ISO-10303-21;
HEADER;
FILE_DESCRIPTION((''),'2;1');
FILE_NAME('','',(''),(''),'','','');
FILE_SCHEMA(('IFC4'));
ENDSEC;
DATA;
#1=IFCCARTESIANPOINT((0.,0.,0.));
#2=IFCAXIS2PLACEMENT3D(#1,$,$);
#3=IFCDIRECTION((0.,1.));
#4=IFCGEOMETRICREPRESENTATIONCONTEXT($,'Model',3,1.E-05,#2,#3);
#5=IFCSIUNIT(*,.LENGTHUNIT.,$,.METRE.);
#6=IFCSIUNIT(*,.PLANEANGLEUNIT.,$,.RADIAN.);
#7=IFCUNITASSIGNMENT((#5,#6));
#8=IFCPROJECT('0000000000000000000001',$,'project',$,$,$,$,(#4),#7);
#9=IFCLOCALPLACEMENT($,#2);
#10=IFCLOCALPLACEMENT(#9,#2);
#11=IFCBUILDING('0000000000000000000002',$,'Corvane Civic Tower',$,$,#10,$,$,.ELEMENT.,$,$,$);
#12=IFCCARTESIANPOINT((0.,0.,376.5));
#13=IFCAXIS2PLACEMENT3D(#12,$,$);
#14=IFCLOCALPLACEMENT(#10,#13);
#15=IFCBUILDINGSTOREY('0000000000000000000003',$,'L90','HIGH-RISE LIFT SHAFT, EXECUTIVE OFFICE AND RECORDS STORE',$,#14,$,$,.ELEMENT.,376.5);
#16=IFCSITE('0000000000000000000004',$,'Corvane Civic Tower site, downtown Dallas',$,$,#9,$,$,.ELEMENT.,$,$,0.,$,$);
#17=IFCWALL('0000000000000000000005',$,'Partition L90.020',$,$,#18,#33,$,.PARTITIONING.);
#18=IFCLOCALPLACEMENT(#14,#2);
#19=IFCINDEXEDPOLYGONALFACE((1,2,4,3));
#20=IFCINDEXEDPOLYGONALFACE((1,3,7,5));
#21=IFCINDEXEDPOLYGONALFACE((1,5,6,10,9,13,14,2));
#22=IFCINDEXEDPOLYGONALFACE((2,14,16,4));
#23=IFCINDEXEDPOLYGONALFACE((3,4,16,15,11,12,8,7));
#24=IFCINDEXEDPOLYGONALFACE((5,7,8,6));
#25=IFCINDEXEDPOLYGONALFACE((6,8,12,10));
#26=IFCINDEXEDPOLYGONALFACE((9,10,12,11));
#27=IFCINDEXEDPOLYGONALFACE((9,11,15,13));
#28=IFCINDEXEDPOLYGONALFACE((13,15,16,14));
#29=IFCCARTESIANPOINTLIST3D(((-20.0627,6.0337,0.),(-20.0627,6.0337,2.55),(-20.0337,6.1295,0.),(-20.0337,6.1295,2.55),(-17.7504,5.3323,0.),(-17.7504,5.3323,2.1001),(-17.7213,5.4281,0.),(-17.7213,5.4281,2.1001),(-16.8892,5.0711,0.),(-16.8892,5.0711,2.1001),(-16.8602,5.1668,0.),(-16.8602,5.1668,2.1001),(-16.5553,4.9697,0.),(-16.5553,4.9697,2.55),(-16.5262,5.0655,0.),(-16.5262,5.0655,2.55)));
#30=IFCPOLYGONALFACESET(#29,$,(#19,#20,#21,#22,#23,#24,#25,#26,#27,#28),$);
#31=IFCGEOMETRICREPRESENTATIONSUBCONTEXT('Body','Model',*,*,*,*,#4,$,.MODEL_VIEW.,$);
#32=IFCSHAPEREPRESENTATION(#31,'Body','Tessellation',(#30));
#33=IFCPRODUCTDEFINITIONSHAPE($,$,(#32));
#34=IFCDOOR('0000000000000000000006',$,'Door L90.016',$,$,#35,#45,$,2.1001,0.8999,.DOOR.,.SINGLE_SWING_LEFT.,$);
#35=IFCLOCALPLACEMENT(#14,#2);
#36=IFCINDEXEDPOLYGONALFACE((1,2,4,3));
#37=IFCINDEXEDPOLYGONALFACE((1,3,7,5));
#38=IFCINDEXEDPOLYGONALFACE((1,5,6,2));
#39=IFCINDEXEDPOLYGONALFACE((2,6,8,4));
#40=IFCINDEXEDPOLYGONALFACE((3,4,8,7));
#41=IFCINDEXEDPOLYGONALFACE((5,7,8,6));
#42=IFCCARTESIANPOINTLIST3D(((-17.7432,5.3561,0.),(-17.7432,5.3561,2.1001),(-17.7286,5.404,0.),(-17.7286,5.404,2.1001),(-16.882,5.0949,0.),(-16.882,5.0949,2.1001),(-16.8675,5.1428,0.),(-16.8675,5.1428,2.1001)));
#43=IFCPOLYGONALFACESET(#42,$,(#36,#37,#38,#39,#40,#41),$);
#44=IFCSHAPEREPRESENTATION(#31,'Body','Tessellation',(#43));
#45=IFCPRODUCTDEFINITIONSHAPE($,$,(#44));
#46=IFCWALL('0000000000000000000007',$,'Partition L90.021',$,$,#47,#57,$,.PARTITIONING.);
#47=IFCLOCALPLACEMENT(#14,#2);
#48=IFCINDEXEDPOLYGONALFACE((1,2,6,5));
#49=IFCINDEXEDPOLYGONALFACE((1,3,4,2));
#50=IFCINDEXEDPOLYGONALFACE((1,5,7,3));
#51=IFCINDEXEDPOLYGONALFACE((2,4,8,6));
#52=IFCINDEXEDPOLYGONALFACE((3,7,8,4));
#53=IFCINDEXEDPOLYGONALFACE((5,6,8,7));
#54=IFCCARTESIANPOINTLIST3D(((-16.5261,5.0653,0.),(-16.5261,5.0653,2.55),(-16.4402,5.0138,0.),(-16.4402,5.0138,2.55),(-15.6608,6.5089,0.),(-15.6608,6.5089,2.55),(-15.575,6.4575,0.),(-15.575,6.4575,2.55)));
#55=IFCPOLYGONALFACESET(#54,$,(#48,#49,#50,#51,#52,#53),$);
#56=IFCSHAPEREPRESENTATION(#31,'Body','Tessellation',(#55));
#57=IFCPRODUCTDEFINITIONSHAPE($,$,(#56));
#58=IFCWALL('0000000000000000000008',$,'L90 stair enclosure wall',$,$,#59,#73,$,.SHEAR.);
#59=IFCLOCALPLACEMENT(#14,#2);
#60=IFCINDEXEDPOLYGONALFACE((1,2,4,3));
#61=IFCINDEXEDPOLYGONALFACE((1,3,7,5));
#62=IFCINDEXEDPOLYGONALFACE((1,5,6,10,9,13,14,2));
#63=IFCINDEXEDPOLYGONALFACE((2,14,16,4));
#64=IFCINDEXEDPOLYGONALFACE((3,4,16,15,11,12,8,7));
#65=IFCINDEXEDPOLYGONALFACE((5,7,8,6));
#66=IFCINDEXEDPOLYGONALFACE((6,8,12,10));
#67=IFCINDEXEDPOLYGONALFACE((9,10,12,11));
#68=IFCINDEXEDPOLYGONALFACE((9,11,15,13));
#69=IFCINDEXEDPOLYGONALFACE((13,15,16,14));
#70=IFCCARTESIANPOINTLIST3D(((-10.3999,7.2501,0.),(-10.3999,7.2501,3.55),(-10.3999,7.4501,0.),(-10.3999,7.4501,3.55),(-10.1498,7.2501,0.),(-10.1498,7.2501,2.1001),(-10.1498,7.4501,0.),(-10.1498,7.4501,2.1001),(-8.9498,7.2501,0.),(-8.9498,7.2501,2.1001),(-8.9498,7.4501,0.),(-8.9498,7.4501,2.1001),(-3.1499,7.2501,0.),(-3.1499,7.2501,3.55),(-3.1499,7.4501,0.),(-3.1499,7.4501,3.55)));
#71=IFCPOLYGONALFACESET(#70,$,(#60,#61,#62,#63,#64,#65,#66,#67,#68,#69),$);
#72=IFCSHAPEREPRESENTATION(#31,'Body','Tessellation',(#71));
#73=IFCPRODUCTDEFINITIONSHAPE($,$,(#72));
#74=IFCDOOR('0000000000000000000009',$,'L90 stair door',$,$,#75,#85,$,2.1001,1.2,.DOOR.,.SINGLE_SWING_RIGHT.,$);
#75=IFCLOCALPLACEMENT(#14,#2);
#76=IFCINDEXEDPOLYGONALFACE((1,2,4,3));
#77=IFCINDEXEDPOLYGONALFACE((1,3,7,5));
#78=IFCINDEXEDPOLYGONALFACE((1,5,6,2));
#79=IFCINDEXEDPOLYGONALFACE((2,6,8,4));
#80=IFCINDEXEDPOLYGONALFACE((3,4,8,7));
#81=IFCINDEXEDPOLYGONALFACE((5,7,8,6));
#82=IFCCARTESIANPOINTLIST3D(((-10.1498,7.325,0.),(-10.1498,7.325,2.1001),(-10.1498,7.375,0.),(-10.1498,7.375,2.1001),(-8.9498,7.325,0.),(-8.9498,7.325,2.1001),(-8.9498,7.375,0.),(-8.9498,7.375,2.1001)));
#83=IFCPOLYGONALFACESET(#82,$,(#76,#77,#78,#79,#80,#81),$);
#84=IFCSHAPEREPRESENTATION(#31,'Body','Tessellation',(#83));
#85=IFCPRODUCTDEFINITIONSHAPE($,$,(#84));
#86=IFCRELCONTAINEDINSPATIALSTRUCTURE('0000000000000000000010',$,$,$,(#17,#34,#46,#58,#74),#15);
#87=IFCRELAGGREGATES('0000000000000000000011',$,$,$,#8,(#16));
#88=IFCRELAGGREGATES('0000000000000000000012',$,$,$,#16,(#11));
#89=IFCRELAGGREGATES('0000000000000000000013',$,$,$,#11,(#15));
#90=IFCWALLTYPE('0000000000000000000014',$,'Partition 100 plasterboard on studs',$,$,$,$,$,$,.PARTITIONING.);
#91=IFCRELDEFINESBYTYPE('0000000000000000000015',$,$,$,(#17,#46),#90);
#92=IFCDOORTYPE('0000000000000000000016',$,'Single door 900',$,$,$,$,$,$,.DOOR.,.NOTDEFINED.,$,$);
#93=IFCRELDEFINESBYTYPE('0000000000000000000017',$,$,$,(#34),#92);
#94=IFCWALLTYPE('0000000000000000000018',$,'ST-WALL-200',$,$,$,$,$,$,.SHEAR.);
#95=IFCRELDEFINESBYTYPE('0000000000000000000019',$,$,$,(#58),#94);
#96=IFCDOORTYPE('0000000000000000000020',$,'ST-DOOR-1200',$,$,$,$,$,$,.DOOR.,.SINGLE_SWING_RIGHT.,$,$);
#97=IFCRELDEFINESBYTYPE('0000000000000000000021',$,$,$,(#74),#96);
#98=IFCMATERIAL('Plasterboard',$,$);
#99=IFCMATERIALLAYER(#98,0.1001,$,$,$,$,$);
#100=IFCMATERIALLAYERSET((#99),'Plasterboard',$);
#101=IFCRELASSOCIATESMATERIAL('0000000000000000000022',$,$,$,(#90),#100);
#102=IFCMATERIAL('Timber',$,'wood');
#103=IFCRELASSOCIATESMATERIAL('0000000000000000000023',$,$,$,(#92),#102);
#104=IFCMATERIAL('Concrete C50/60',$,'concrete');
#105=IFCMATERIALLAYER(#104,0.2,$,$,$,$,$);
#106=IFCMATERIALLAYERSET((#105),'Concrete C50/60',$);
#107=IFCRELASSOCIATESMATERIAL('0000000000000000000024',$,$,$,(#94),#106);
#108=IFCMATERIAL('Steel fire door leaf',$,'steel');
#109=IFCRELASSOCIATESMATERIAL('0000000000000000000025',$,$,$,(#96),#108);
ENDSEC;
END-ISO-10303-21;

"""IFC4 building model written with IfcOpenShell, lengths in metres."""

from ifc_helpers import new_model, si_unit, direction, frame, frame_2d, origin, place, context, subcontext, project, spatial, rectangle, extrude, material, layer, layer_set, type_object, element, fill, save


model = new_model("IFC4")

# Units and contexts
model_context = context("Model", 3, precision=1e-05, world=origin(), true_north=direction((0.0, 1.0)))
body_context = subcontext(model_context, "Body", "Model", "MODEL_VIEW")
ifc_project = project(units=[si_unit("LENGTHUNIT", "METRE"), si_unit("PLANEANGLEUNIT", "RADIAN")], contexts=[model_context])

# Site, building, storey
site_placement = place(None, origin())
site = spatial("IfcSite", under=ifc_project, at=site_placement, Name="Corvane Civic Tower site, downtown Dallas", CompositionType="ELEMENT", RefElevation=0.0)
building_placement = place(site_placement, origin())
building = spatial("IfcBuilding", under=site, at=building_placement, Name="Corvane Civic Tower", CompositionType="ELEMENT")
storey_placement = place(building_placement, frame((0.0, 0.0, 376.5)))
storey = spatial("IfcBuildingStorey", under=building, at=storey_placement, Name="L90", Description="HIGH-RISE LIFT SHAFT, EXECUTIVE OFFICE AND RECORDS STORE", CompositionType="ELEMENT", Elevation=376.5)

# Wall, opening, door
ifc_material_1 = material(Name="Plasterboard")
ifc_layer_1 = layer(ifc_material_1, 0.1001)
ifc_layer_set_1 = layer_set([ifc_layer_1], Name="Plasterboard")
wall_type_1 = type_object("IfcWallType", Name="Partition 100 plasterboard on studs", PredefinedType="PARTITIONING", material=ifc_layer_set_1)
wall_1_placement = place(storey_placement, frame((-20.0481, 6.0815, 0.0), z_axis=(0.0, 0.0, 1.0), x_axis=(0.956944, -0.290274, 0.0)))
wall_1 = element("IfcWall", 1, at=wall_1_placement, inside=storey, type_object=wall_type_1, Name="Partition L90.020", PredefinedType="PARTITIONING", context=body_context, shape_type="SweptSolid", body=[
    extrude(rectangle(XDim=3.6653, YDim=0.1001, at=frame_2d((1.8325, 0.0))), origin(), (0.0, 0.0, 1.0), 2.55),
])
opening_1_placement = place(wall_1_placement, frame((2.4163, 0.0, 0.0)))
opening_1 = element("IfcOpeningElement", 2, at=opening_1_placement, cuts=wall_1, PredefinedType="OPENING", context=body_context, shape_type="SweptSolid", body=[
    extrude(rectangle(XDim=0.8999, YDim=2.1001, at=frame_2d((0.45, 1.05))), frame((0.0, 0.0601, 0.0), z_axis=(0.0, -1.0, 0.0), x_axis=(1.0, 0.0, 0.0)), (0.0, 0.0, 1.0), 0.1201),
])
ifc_material_2 = material(Name="Timber", Category="wood")
door_type_1 = type_object("IfcDoorType", Name="Single door 900", OperationType="NOTDEFINED", PredefinedType="DOOR", material=ifc_material_2)
door_1_placement = place(opening_1_placement, origin())
door_1 = element("IfcDoor", 3, at=door_1_placement, inside=storey, type_object=door_type_1, Name="Door L90.016", OperationType="SINGLE_SWING_LEFT", OverallHeight=2.1001, OverallWidth=0.8999, PredefinedType="DOOR", context=body_context, shape_type="SweptSolid", body=[
    extrude(rectangle(XDim=0.8999, YDim=2.1001, at=frame_2d((0.45, 1.05))), frame((0.0, 0.0249, 0.0), z_axis=(0.0, -1.0, 0.0), x_axis=(1.0, 0.0, 0.0)), (0.0, 0.0, 1.0), 0.05),
])
fill(opening_1, door_1)

# Wall
wall_2_placement = place(storey_placement, frame((-16.4832, 5.0396, 0.0), z_axis=(0.0, 0.0, 1.0), x_axis=(0.51409, 0.857736, 0.0)))
element("IfcWall", 4, at=wall_2_placement, inside=storey, type_object=wall_type_1, Name="Partition L90.021", PredefinedType="PARTITIONING", context=body_context, shape_type="SweptSolid", body=[
    extrude(rectangle(XDim=1.6831, YDim=0.1001, at=frame_2d((0.8416, 0.0))), origin(), (0.0, 0.0, 1.0), 2.55),
])

# Wall, opening, door
ifc_material_3 = material(Name="Concrete C50/60", Category="concrete")
ifc_layer_2 = layer(ifc_material_3, 0.2)
ifc_layer_set_2 = layer_set([ifc_layer_2], Name="Concrete C50/60")
wall_type_2 = type_object("IfcWallType", Name="ST-WALL-200", PredefinedType="SHEAR", material=ifc_layer_set_2)
wall_3_placement = place(storey_placement, frame((-10.3999, 7.3501, 0.0), z_axis=(0.0, 0.0, 1.0), x_axis=(1.0, 0.0, 0.0)))
wall_3 = element("IfcWall", 5, at=wall_3_placement, inside=storey, type_object=wall_type_2, Name="L90 stair enclosure wall", PredefinedType="SHEAR", context=body_context, shape_type="SweptSolid", body=[
    extrude(rectangle(XDim=7.25, YDim=0.2, at=frame_2d((3.625, 0.0))), origin(), (0.0, 0.0, 1.0), 3.55),
])
opening_2_placement = place(wall_3_placement, frame((0.25, 0.0, 0.0)))
opening_2 = element("IfcOpeningElement", 6, at=opening_2_placement, cuts=wall_3, PredefinedType="OPENING", context=body_context, shape_type="SweptSolid", body=[
    extrude(rectangle(XDim=1.2, YDim=2.1001, at=frame_2d((0.6001, 1.05))), frame((0.0, 0.1099, 0.0), z_axis=(0.0, -1.0, 0.0), x_axis=(1.0, 0.0, 0.0)), (0.0, 0.0, 1.0), 0.22),
])
ifc_material_4 = material(Name="Steel fire door leaf", Category="steel")
door_type_2 = type_object("IfcDoorType", Name="ST-DOOR-1200", OperationType="SINGLE_SWING_RIGHT", PredefinedType="DOOR", material=ifc_material_4)
door_2_placement = place(opening_2_placement, origin())
door_2 = element("IfcDoor", 7, at=door_2_placement, inside=storey, type_object=door_type_2, Name="L90 stair door", OperationType="SINGLE_SWING_RIGHT", OverallHeight=2.1001, OverallWidth=1.2, PredefinedType="DOOR", context=body_context, shape_type="SweptSolid", body=[
    extrude(rectangle(XDim=1.2, YDim=2.1001, at=frame_2d((0.6001, 1.05))), frame((0.0, 0.0249, 0.0), z_axis=(0.0, -1.0, 0.0), x_axis=(1.0, 0.0, 0.0)), (0.0, 0.0, 1.0), 0.05),
])
fill(opening_2, door_2)

save(model, "model.ifc")
